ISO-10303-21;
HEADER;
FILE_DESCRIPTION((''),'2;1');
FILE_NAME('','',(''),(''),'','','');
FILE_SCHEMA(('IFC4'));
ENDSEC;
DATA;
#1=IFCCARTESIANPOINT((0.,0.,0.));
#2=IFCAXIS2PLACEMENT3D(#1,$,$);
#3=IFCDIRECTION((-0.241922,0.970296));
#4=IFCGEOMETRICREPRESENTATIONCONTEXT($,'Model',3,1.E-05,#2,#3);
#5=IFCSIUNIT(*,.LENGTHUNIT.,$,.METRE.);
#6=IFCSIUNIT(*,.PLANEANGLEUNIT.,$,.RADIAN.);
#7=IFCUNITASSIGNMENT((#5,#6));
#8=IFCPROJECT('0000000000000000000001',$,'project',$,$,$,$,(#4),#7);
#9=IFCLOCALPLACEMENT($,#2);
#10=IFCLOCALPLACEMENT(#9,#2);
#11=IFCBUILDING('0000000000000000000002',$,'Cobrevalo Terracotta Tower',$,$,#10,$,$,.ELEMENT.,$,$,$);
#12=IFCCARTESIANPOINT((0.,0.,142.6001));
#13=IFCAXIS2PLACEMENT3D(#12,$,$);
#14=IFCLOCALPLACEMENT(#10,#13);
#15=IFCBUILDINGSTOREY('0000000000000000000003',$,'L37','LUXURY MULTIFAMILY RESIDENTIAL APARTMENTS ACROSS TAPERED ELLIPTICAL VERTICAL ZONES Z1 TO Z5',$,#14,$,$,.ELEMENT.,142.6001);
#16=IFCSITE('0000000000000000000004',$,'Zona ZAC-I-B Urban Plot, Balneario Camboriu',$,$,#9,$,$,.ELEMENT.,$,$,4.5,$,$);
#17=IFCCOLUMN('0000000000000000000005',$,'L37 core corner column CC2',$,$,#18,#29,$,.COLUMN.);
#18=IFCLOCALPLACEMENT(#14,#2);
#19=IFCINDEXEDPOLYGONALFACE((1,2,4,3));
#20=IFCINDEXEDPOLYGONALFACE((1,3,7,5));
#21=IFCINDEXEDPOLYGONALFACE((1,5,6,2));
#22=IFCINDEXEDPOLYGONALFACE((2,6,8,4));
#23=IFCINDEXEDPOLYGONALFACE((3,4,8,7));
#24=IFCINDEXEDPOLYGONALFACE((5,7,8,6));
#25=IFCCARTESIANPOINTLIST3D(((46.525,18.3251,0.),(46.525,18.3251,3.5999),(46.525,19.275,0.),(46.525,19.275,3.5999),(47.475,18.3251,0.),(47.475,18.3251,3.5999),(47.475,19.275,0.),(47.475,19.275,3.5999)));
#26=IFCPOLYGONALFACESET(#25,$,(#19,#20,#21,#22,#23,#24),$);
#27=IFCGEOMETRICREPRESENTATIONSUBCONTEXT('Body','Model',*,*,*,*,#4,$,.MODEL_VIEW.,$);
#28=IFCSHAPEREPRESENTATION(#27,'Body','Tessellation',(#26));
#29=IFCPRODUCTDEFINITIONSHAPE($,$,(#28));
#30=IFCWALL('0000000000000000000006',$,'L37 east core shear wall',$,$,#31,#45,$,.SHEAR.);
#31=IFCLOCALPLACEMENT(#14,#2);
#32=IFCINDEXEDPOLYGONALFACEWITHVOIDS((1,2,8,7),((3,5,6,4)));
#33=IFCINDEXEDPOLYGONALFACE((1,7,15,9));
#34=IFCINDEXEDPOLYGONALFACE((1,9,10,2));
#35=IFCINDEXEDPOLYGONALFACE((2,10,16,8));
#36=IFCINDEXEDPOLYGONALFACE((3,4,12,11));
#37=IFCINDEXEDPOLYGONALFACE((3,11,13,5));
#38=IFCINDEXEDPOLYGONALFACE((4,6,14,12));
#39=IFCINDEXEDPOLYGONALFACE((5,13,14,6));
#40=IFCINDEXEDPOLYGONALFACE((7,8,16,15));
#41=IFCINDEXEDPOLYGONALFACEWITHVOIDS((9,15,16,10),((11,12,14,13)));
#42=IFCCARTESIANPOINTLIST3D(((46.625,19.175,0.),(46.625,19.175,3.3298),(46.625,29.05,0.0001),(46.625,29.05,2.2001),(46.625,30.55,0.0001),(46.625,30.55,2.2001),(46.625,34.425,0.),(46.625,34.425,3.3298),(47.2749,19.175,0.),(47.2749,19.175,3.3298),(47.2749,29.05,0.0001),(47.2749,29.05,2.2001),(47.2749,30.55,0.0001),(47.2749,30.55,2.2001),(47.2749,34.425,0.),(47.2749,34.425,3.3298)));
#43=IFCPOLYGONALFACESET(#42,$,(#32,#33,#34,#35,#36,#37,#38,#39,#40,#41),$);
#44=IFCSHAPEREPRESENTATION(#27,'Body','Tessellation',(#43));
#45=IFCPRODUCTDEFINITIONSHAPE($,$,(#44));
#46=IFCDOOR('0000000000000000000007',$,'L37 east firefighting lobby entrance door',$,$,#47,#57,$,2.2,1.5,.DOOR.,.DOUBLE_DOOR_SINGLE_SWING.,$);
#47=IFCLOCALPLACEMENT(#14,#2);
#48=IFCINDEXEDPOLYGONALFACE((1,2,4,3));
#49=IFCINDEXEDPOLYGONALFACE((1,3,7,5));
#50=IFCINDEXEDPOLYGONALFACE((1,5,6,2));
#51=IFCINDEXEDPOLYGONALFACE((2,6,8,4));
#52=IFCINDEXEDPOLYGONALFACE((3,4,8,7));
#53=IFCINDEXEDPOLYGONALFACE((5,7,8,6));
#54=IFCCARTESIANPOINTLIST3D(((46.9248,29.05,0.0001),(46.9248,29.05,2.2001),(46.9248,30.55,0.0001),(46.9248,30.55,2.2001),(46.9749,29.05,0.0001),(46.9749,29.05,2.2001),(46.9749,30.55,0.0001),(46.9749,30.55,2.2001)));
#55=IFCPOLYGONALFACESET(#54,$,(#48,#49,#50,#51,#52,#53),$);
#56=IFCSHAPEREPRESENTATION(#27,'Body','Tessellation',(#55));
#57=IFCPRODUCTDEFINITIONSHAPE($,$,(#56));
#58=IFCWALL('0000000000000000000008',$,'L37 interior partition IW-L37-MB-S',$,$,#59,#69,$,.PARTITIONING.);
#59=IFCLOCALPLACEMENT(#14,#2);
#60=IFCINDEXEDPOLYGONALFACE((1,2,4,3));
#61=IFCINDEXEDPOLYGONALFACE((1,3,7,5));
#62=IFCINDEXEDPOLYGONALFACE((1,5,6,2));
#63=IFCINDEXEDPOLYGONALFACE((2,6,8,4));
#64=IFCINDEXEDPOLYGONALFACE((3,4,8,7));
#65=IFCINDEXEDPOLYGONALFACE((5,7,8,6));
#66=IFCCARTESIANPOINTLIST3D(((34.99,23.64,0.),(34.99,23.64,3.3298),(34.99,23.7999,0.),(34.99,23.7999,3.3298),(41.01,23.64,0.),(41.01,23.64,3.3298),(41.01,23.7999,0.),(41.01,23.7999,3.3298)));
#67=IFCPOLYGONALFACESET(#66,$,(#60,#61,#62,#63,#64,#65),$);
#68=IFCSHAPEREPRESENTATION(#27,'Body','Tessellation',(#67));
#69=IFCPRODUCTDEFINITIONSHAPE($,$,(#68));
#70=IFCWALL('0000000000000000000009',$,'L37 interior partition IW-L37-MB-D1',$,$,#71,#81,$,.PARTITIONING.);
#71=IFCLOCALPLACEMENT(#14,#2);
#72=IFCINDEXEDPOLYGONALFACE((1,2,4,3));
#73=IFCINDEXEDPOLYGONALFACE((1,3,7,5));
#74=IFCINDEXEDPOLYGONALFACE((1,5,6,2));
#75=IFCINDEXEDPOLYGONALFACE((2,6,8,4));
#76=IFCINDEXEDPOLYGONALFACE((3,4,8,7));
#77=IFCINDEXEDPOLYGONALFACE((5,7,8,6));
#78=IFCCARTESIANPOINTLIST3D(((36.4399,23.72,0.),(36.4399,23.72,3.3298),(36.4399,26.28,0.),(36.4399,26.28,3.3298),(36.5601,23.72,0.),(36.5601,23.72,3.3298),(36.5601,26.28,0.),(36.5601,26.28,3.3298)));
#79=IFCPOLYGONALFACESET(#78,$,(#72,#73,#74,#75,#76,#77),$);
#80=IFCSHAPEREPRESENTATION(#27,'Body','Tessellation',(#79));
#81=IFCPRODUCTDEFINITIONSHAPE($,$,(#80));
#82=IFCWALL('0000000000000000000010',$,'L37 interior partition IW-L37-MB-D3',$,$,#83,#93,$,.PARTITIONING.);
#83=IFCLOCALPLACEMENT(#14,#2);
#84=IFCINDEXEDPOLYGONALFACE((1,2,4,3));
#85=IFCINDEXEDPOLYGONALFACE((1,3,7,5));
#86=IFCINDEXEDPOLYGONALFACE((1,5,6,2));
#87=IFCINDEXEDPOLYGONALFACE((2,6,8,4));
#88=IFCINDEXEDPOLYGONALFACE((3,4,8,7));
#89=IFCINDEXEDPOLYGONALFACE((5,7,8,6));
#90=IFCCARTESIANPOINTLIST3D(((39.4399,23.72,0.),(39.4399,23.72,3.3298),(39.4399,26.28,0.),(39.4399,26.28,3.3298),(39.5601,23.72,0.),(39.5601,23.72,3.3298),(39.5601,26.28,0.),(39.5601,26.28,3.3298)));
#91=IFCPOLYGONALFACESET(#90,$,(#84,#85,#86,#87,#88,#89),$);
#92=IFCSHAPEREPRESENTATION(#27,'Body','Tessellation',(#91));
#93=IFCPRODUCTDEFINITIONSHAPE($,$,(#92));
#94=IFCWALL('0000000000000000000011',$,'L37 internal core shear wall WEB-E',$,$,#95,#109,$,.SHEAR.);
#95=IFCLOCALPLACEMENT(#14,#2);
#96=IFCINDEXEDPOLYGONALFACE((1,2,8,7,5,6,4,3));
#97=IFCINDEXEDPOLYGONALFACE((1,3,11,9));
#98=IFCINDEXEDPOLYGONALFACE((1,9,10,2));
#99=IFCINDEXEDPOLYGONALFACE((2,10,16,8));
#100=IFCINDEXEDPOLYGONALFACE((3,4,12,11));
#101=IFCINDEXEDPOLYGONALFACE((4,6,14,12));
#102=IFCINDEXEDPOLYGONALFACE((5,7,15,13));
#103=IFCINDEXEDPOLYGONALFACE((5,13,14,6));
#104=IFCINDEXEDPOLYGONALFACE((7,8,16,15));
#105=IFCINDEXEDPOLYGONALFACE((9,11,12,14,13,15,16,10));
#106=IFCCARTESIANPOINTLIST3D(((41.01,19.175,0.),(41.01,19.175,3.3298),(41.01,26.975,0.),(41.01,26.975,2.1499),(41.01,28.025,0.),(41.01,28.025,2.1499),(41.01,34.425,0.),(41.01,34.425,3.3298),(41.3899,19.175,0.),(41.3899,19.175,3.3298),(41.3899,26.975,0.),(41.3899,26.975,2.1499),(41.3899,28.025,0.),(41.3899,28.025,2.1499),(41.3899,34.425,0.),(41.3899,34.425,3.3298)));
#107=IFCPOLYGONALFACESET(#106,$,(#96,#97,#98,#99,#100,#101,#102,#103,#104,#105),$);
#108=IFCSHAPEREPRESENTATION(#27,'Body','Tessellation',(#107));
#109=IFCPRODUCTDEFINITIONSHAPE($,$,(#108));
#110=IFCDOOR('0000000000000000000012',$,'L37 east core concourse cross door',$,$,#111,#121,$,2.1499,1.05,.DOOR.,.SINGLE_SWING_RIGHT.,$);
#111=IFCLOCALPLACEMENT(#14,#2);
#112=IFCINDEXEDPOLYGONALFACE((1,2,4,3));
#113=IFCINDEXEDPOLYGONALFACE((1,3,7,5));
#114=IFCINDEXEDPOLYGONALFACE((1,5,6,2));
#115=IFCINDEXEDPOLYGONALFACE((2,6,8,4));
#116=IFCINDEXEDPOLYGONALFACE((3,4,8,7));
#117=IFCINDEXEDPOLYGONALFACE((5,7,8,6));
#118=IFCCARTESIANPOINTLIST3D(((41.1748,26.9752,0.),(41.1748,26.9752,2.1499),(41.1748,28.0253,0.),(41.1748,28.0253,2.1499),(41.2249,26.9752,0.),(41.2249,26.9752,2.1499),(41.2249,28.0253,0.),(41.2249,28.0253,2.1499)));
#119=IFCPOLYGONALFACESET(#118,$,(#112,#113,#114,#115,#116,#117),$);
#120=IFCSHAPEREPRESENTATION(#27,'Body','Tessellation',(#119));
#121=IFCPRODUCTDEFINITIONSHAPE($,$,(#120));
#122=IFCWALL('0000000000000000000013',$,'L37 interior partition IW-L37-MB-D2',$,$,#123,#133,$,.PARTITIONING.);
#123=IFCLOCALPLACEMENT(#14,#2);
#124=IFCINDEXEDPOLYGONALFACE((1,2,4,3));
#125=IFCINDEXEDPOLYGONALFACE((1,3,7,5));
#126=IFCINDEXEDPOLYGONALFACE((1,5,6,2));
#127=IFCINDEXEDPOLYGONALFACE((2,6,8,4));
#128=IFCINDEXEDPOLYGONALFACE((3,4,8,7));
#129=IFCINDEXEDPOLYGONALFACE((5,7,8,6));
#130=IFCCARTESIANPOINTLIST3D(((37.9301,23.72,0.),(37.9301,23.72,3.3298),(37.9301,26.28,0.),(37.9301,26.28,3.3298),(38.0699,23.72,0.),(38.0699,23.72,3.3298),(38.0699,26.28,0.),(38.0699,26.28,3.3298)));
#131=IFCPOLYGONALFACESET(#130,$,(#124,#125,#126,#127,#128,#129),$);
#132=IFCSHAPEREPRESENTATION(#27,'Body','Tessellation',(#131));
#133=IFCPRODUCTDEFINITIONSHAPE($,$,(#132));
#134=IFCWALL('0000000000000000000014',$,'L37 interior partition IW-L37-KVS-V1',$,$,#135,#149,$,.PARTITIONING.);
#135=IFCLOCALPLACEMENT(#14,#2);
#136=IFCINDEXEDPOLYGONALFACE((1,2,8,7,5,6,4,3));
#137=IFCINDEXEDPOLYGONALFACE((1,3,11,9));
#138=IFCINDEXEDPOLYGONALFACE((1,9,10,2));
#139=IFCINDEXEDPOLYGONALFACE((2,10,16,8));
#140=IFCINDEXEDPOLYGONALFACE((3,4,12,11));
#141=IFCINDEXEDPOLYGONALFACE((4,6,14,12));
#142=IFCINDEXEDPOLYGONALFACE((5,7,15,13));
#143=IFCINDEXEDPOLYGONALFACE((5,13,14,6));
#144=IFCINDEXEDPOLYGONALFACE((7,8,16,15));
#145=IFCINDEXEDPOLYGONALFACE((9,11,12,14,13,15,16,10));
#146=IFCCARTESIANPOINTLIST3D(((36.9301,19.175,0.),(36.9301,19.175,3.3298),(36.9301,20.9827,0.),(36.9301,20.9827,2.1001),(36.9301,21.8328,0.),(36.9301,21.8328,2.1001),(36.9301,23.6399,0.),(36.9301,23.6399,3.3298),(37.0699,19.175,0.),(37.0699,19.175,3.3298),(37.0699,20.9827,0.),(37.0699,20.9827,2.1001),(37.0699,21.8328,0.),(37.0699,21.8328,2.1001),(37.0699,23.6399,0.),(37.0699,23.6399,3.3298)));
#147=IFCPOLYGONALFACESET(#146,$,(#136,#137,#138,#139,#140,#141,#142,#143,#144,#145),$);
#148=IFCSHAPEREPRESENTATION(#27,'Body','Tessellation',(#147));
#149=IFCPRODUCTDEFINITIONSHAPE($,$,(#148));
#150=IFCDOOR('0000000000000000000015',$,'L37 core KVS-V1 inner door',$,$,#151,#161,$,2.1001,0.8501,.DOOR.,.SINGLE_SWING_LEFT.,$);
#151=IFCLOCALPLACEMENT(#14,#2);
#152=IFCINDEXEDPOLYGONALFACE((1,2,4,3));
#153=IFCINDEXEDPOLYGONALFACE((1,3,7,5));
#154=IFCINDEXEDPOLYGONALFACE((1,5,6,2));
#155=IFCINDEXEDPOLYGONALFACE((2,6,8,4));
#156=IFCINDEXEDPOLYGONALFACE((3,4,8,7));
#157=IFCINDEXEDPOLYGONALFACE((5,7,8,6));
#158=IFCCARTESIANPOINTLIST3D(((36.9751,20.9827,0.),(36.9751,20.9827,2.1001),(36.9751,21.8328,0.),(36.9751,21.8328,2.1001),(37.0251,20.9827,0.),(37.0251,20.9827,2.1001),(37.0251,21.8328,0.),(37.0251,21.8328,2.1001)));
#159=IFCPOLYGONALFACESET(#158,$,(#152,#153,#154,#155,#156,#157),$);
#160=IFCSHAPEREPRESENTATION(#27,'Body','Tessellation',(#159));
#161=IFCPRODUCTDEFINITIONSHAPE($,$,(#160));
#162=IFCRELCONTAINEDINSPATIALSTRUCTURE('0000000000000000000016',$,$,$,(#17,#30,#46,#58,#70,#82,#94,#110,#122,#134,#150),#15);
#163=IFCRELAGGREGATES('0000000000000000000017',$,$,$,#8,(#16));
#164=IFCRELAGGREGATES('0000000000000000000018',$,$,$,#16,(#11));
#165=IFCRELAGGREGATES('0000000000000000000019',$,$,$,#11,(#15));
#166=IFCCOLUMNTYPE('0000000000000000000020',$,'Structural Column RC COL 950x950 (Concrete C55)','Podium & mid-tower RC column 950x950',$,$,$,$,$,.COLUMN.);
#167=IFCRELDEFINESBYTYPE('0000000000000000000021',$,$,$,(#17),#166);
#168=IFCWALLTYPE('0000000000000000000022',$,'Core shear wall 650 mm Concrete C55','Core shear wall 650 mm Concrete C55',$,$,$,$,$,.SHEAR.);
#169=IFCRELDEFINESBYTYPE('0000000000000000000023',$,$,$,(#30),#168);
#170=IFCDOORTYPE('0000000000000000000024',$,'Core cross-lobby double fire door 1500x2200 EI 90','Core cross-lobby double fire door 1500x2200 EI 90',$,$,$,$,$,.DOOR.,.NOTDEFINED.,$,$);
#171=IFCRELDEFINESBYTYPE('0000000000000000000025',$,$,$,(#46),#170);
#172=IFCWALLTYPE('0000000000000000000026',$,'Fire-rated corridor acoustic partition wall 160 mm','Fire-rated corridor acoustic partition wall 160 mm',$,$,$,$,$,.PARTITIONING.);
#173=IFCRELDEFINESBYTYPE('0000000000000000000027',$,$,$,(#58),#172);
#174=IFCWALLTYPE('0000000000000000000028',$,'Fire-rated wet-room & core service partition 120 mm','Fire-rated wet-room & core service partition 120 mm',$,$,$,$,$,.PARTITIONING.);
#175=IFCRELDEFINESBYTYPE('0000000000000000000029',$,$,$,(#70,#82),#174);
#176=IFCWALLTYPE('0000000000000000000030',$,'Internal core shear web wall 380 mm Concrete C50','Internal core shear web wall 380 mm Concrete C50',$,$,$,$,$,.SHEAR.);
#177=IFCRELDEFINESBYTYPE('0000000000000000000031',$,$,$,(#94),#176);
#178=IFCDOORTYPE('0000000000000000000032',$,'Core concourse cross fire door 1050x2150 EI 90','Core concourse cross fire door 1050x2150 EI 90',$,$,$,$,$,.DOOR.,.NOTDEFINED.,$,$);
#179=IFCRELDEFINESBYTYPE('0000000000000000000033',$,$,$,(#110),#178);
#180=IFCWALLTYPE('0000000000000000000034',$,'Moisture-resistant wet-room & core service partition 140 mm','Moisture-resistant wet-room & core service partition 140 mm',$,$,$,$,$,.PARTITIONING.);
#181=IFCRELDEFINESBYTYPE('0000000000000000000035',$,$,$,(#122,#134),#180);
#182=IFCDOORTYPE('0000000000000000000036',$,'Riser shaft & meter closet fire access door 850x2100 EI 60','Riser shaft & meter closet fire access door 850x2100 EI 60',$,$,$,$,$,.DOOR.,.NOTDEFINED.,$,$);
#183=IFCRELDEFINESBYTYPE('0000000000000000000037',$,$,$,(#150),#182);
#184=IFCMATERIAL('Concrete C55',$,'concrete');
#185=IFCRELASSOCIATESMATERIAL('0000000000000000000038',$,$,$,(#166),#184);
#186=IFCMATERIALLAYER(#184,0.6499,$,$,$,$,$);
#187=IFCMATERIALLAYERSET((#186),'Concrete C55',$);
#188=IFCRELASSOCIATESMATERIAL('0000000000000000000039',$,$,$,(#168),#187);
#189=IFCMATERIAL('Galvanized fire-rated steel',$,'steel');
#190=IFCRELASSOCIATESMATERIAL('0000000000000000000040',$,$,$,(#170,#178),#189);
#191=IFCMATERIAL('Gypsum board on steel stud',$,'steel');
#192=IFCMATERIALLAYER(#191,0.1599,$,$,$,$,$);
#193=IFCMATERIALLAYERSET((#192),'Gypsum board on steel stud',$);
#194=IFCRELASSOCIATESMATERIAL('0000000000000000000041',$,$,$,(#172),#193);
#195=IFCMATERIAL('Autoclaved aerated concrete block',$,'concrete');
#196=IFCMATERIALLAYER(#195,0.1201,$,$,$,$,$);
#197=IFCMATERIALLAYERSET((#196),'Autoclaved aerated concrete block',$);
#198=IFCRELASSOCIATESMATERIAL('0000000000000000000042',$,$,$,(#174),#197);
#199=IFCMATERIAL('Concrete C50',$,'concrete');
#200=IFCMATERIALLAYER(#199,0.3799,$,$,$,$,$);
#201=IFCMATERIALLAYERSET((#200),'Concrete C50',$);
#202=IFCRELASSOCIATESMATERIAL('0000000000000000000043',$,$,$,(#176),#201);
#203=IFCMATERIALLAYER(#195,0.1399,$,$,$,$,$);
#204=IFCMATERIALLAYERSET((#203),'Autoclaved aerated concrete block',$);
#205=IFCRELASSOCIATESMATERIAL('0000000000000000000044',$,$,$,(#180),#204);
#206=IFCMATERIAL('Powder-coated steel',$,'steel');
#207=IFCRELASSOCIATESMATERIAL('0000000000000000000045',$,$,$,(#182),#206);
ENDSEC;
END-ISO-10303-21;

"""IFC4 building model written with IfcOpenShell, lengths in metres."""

from ifc_helpers import new_model, si_unit, direction, frame, frame_2d, origin, origin_2d, place, context, subcontext, project, spatial, rectangle, extrude, source, transform, mapped, material, layer, layer_set, material_profile, profile_set, type_object, element, fill, save


model = new_model("IFC4")

# Units and contexts
model_context = context("Model", 3, precision=1e-05, world=origin(), true_north=direction((-0.241922, 0.970296)))
body_context = subcontext(model_context, "Body", "Model", "MODEL_VIEW")
ifc_project = project(units=[si_unit("LENGTHUNIT", "METRE"), si_unit("PLANEANGLEUNIT", "RADIAN")], contexts=[model_context])

# Site, building, storey
site_placement = place(None, origin())
site = spatial("IfcSite", under=ifc_project, at=site_placement, Name="Zona ZAC-I-B Urban Plot, Balneario Camboriu", CompositionType="ELEMENT", RefElevation=4.5)
building_placement = place(site_placement, origin())
building = spatial("IfcBuilding", under=site, at=building_placement, Name="Cobrevalo Terracotta Tower", CompositionType="ELEMENT")
storey_placement = place(building_placement, frame((0.0, 0.0, 142.6001)))
storey = spatial("IfcBuildingStorey", under=building, at=storey_placement, Name="L37", Description="LUXURY MULTIFAMILY RESIDENTIAL APARTMENTS ACROSS TAPERED ELLIPTICAL VERTICAL ZONES Z1 TO Z5", CompositionType="ELEMENT", Elevation=142.6001)

# Column
ifc_material_1 = material(Name="Concrete C55", Category="concrete")
ifc_material_profile = material_profile(ifc_material_1, rectangle(XDim=0.95, YDim=0.95, at=origin_2d()), Name="RC COL 950x950")
ifc_profile_set = profile_set([ifc_material_profile], Name="Concrete C55")
column_type = type_object("IfcColumnType", Name="Structural Column RC COL 950x950 (Concrete C55)", Description="Podium & mid-tower RC column 950x950", PredefinedType="COLUMN", material=ifc_profile_set)
column_placement = place(storey_placement, frame((47.0, 18.8, 0.0), z_axis=(0.0, 0.0, 1.0), x_axis=(1.0, 0.0, 0.0)))
element("IfcColumn", 1, at=column_placement, inside=storey, type_object=column_type, Name="L37 core corner column CC2", PredefinedType="COLUMN", context=body_context, shape_type="SweptSolid", body=[
    extrude(rectangle(XDim=0.95, YDim=0.95, at=origin_2d()), origin(), (0.0, 0.0, 1.0), 3.5999),
])

# Wall, opening, door
ifc_layer_1 = layer(ifc_material_1, 0.6499)
ifc_layer_set_1 = layer_set([ifc_layer_1], Name="Concrete C55")
wall_type_1 = type_object("IfcWallType", Name="Core shear wall 650 mm Concrete C55", Description="Core shear wall 650 mm Concrete C55", PredefinedType="SHEAR", material=ifc_layer_set_1)
wall_1_placement = place(storey_placement, frame((46.95, 19.175, 0.0), z_axis=(0.0, 0.0, 1.0), x_axis=(0.0, 1.0, 0.0)))
wall_1 = element("IfcWall", 2, at=wall_1_placement, inside=storey, type_object=wall_type_1, Name="L37 east core shear wall", PredefinedType="SHEAR", context=body_context, shape_type="SweptSolid", body=[
    extrude(rectangle(XDim=15.25, YDim=0.6499, at=frame_2d((7.625, 0.0))), origin(), (0.0, 0.0, 1.0), 3.3298),
])
opening_1_placement = place(wall_1_placement, frame((9.875, 0.0, 0.0)))
opening_1 = element("IfcOpeningElement", 3, at=opening_1_placement, cuts=wall_1, PredefinedType="OPENING", context=body_context, shape_type="SweptSolid", body=[
    extrude(rectangle(XDim=1.5, YDim=2.2, at=frame_2d((0.75, 1.1001))), frame((0.0, 0.335, 0.0), z_axis=(0.0, -1.0, 0.0), x_axis=(1.0, 0.0, 0.0)), (0.0, 0.0, 1.0), 0.6699),
])
ifc_material_2 = material(Name="Galvanized fire-rated steel", Category="steel")
door_type_1 = type_object("IfcDoorType", Name="Core cross-lobby double fire door 1500x2200 EI 90", Description="Core cross-lobby double fire door 1500x2200 EI 90", OperationType="NOTDEFINED", PredefinedType="DOOR", material=ifc_material_2)
shared_shape_1 = source(origin(), body_context, "Body", "SweptSolid", [
    extrude(rectangle(XDim=1.5, YDim=2.2, at=frame_2d((0.75, 1.1001))), frame((0.0, 0.0249, 0.0), z_axis=(0.0, -1.0, 0.0), x_axis=(1.0, 0.0, 0.0)), (0.0, 0.0, 1.0), 0.05),
])
door_1_placement = place(opening_1_placement, frame((1.5, 0.0, 0.0), z_axis=(0.0, 0.0, 1.0), x_axis=(-1.0, 0.0, 0.0)))
door_1 = element("IfcDoor", 4, at=door_1_placement, inside=storey, type_object=door_type_1, Name="L37 east firefighting lobby entrance door", OperationType="DOUBLE_DOOR_SINGLE_SWING", OverallHeight=2.2, OverallWidth=1.5, PredefinedType="DOOR", context=body_context, shape_type="MappedRepresentation", body=[
    mapped(shared_shape_1, transform((0.0, 0.0, 0.0), scale=1.0)),
])
fill(opening_1, door_1)

# Walls
ifc_material_3 = material(Name="Gypsum board on steel stud", Category="steel")
ifc_layer_2 = layer(ifc_material_3, 0.1599)
ifc_layer_set_2 = layer_set([ifc_layer_2], Name="Gypsum board on steel stud")
wall_type_2 = type_object("IfcWallType", Name="Fire-rated corridor acoustic partition wall 160 mm", Description="Fire-rated corridor acoustic partition wall 160 mm", PredefinedType="PARTITIONING", material=ifc_layer_set_2)
wall_2_placement = place(storey_placement, frame((34.99, 23.72, 0.0), z_axis=(0.0, 0.0, 1.0), x_axis=(1.0, 0.0, 0.0)))
element("IfcWall", 5, at=wall_2_placement, inside=storey, type_object=wall_type_2, Name="L37 interior partition IW-L37-MB-S", PredefinedType="PARTITIONING", context=body_context, shape_type="SweptSolid", body=[
    extrude(rectangle(XDim=6.02, YDim=0.1599, at=frame_2d((3.01, 0.0))), origin(), (0.0, 0.0, 1.0), 3.3298),
])
ifc_material_4 = material(Name="Autoclaved aerated concrete block", Category="concrete")
ifc_layer_3 = layer(ifc_material_4, 0.1201)
ifc_layer_set_3 = layer_set([ifc_layer_3], Name="Autoclaved aerated concrete block")
wall_type_3 = type_object("IfcWallType", Name="Fire-rated wet-room & core service partition 120 mm", Description="Fire-rated wet-room & core service partition 120 mm", PredefinedType="PARTITIONING", material=ifc_layer_set_3)
for number, where, z_axis, x_axis, name in (
    (6, (36.5, 23.72, 0.0), (0.0, 0.0, 1.0), (0.0, 1.0, 0.0), "L37 interior partition IW-L37-MB-D1"),
    (7, (39.5, 23.72, 0.0), (0.0, 0.0, 1.0), (0.0, 1.0, 0.0), "L37 interior partition IW-L37-MB-D3"),
):
    element("IfcWall", number, at=place(storey_placement, frame(where, z_axis=z_axis, x_axis=x_axis)), inside=storey, type_object=wall_type_3, Name=name, PredefinedType="PARTITIONING", context=body_context, shape_type="SweptSolid", body=[
        extrude(rectangle(XDim=2.5601, YDim=0.1201, at=frame_2d((1.28, 0.0))), origin(), (0.0, 0.0, 1.0), 3.3298),
    ])

# Wall, opening, door
ifc_material_5 = material(Name="Concrete C50", Category="concrete")
ifc_layer_4 = layer(ifc_material_5, 0.3799)
ifc_layer_set_4 = layer_set([ifc_layer_4], Name="Concrete C50")
wall_type_4 = type_object("IfcWallType", Name="Internal core shear web wall 380 mm Concrete C50", Description="Internal core shear web wall 380 mm Concrete C50", PredefinedType="SHEAR", material=ifc_layer_set_4)
wall_3_placement = place(storey_placement, frame((41.2, 19.175, 0.0), z_axis=(0.0, 0.0, 1.0), x_axis=(0.0, 1.0, 0.0)))
wall_3 = element("IfcWall", 8, at=wall_3_placement, inside=storey, type_object=wall_type_4, Name="L37 internal core shear wall WEB-E", PredefinedType="SHEAR", context=body_context, shape_type="SweptSolid", body=[
    extrude(rectangle(XDim=15.25, YDim=0.3799, at=frame_2d((7.625, 0.0))), origin(), (0.0, 0.0, 1.0), 3.3298),
])
opening_2_placement = place(wall_3_placement, frame((7.8, 0.0, 0.0)))
opening_2 = element("IfcOpeningElement", 9, at=opening_2_placement, cuts=wall_3, PredefinedType="OPENING", context=body_context, shape_type="SweptSolid", body=[
    extrude(rectangle(XDim=1.05, YDim=2.1499, at=frame_2d((0.5249, 1.075))), frame((0.0, 0.2, 0.0), z_axis=(0.0, -1.0, 0.0), x_axis=(1.0, 0.0, 0.0)), (0.0, 0.0, 1.0), 0.3999),
])
door_type_2 = type_object("IfcDoorType", Name="Core concourse cross fire door 1050x2150 EI 90", Description="Core concourse cross fire door 1050x2150 EI 90", OperationType="NOTDEFINED", PredefinedType="DOOR", material=ifc_material_2)
shared_shape_2 = source(origin(), body_context, "Body", "SweptSolid", [
    extrude(rectangle(XDim=1.05, YDim=2.1499, at=frame_2d((0.5249, 1.075))), frame((0.0, 0.0249, 0.0), z_axis=(0.0, -1.0, 0.0), x_axis=(1.0, 0.0, 0.0)), (0.0, 0.0, 1.0), 0.05),
])
door_2_placement = place(opening_2_placement, frame((1.05, 0.0, 0.0), z_axis=(0.0, 0.0, 1.0), x_axis=(-1.0, 0.0, 0.0)))
door_2 = element("IfcDoor", 10, at=door_2_placement, inside=storey, type_object=door_type_2, Name="L37 east core concourse cross door", OperationType="SINGLE_SWING_RIGHT", OverallHeight=2.1499, OverallWidth=1.05, PredefinedType="DOOR", context=body_context, shape_type="MappedRepresentation", body=[
    mapped(shared_shape_2, transform((0.0, 0.0, 0.0), scale=1.0)),
])
fill(opening_2, door_2)

# Wall
ifc_layer_5 = layer(ifc_material_4, 0.1399)
ifc_layer_set_5 = layer_set([ifc_layer_5], Name="Autoclaved aerated concrete block")
wall_type_5 = type_object("IfcWallType", Name="Moisture-resistant wet-room & core service partition 140 mm", Description="Moisture-resistant wet-room & core service partition 140 mm", PredefinedType="PARTITIONING", material=ifc_layer_set_5)
wall_4_placement = place(storey_placement, frame((38.0, 23.72, 0.0), z_axis=(0.0, 0.0, 1.0), x_axis=(0.0, 1.0, 0.0)))
element("IfcWall", 11, at=wall_4_placement, inside=storey, type_object=wall_type_5, Name="L37 interior partition IW-L37-MB-D2", PredefinedType="PARTITIONING", context=body_context, shape_type="SweptSolid", body=[
    extrude(rectangle(XDim=2.5601, YDim=0.1399, at=frame_2d((1.28, 0.0))), origin(), (0.0, 0.0, 1.0), 3.3298),
])

# Wall, opening, door
wall_5_placement = place(storey_placement, frame((37.0, 19.175, 0.0), z_axis=(0.0, 0.0, 1.0), x_axis=(0.0, 1.0, 0.0)))
wall_5 = element("IfcWall", 12, at=wall_5_placement, inside=storey, type_object=wall_type_5, Name="L37 interior partition IW-L37-KVS-V1", PredefinedType="PARTITIONING", context=body_context, shape_type="SweptSolid", body=[
    extrude(rectangle(XDim=4.4648, YDim=0.1399, at=frame_2d((2.2324, 0.0))), origin(), (0.0, 0.0, 1.0), 3.3298),
])
opening_3_placement = place(wall_5_placement, frame((1.8076, 0.0, 0.0)))
opening_3 = element("IfcOpeningElement", 13, at=opening_3_placement, cuts=wall_5, PredefinedType="OPENING", context=body_context, shape_type="SweptSolid", body=[
    extrude(rectangle(XDim=0.8501, YDim=2.1001, at=frame_2d((0.425, 1.05))), frame((0.0, 0.0801, 0.0), z_axis=(0.0, -1.0, 0.0), x_axis=(1.0, 0.0, 0.0)), (0.0, 0.0, 1.0), 0.1599),
])
ifc_material_6 = material(Name="Powder-coated steel", Category="steel")
door_type_3 = type_object("IfcDoorType", Name="Riser shaft & meter closet fire access door 850x2100 EI 60", Description="Riser shaft & meter closet fire access door 850x2100 EI 60", OperationType="NOTDEFINED", PredefinedType="DOOR", material=ifc_material_6)
shared_shape_3 = source(origin(), body_context, "Body", "SweptSolid", [
    extrude(rectangle(XDim=0.8501, YDim=2.1001, at=frame_2d((0.425, 1.05))), frame((0.0, 0.0249, 0.0), z_axis=(0.0, -1.0, 0.0), x_axis=(1.0, 0.0, 0.0)), (0.0, 0.0, 1.0), 0.05),
])
door_3_placement = place(opening_3_placement, origin())
door_3 = element("IfcDoor", 14, at=door_3_placement, inside=storey, type_object=door_type_3, Name="L37 core KVS-V1 inner door", OperationType="SINGLE_SWING_LEFT", OverallHeight=2.1001, OverallWidth=0.8501, PredefinedType="DOOR", context=body_context, shape_type="MappedRepresentation", body=[
    mapped(shared_shape_3, transform((0.0, 0.0, 0.0), scale=1.0)),
])
fill(opening_3, door_3)

save(model, "model.ifc")
